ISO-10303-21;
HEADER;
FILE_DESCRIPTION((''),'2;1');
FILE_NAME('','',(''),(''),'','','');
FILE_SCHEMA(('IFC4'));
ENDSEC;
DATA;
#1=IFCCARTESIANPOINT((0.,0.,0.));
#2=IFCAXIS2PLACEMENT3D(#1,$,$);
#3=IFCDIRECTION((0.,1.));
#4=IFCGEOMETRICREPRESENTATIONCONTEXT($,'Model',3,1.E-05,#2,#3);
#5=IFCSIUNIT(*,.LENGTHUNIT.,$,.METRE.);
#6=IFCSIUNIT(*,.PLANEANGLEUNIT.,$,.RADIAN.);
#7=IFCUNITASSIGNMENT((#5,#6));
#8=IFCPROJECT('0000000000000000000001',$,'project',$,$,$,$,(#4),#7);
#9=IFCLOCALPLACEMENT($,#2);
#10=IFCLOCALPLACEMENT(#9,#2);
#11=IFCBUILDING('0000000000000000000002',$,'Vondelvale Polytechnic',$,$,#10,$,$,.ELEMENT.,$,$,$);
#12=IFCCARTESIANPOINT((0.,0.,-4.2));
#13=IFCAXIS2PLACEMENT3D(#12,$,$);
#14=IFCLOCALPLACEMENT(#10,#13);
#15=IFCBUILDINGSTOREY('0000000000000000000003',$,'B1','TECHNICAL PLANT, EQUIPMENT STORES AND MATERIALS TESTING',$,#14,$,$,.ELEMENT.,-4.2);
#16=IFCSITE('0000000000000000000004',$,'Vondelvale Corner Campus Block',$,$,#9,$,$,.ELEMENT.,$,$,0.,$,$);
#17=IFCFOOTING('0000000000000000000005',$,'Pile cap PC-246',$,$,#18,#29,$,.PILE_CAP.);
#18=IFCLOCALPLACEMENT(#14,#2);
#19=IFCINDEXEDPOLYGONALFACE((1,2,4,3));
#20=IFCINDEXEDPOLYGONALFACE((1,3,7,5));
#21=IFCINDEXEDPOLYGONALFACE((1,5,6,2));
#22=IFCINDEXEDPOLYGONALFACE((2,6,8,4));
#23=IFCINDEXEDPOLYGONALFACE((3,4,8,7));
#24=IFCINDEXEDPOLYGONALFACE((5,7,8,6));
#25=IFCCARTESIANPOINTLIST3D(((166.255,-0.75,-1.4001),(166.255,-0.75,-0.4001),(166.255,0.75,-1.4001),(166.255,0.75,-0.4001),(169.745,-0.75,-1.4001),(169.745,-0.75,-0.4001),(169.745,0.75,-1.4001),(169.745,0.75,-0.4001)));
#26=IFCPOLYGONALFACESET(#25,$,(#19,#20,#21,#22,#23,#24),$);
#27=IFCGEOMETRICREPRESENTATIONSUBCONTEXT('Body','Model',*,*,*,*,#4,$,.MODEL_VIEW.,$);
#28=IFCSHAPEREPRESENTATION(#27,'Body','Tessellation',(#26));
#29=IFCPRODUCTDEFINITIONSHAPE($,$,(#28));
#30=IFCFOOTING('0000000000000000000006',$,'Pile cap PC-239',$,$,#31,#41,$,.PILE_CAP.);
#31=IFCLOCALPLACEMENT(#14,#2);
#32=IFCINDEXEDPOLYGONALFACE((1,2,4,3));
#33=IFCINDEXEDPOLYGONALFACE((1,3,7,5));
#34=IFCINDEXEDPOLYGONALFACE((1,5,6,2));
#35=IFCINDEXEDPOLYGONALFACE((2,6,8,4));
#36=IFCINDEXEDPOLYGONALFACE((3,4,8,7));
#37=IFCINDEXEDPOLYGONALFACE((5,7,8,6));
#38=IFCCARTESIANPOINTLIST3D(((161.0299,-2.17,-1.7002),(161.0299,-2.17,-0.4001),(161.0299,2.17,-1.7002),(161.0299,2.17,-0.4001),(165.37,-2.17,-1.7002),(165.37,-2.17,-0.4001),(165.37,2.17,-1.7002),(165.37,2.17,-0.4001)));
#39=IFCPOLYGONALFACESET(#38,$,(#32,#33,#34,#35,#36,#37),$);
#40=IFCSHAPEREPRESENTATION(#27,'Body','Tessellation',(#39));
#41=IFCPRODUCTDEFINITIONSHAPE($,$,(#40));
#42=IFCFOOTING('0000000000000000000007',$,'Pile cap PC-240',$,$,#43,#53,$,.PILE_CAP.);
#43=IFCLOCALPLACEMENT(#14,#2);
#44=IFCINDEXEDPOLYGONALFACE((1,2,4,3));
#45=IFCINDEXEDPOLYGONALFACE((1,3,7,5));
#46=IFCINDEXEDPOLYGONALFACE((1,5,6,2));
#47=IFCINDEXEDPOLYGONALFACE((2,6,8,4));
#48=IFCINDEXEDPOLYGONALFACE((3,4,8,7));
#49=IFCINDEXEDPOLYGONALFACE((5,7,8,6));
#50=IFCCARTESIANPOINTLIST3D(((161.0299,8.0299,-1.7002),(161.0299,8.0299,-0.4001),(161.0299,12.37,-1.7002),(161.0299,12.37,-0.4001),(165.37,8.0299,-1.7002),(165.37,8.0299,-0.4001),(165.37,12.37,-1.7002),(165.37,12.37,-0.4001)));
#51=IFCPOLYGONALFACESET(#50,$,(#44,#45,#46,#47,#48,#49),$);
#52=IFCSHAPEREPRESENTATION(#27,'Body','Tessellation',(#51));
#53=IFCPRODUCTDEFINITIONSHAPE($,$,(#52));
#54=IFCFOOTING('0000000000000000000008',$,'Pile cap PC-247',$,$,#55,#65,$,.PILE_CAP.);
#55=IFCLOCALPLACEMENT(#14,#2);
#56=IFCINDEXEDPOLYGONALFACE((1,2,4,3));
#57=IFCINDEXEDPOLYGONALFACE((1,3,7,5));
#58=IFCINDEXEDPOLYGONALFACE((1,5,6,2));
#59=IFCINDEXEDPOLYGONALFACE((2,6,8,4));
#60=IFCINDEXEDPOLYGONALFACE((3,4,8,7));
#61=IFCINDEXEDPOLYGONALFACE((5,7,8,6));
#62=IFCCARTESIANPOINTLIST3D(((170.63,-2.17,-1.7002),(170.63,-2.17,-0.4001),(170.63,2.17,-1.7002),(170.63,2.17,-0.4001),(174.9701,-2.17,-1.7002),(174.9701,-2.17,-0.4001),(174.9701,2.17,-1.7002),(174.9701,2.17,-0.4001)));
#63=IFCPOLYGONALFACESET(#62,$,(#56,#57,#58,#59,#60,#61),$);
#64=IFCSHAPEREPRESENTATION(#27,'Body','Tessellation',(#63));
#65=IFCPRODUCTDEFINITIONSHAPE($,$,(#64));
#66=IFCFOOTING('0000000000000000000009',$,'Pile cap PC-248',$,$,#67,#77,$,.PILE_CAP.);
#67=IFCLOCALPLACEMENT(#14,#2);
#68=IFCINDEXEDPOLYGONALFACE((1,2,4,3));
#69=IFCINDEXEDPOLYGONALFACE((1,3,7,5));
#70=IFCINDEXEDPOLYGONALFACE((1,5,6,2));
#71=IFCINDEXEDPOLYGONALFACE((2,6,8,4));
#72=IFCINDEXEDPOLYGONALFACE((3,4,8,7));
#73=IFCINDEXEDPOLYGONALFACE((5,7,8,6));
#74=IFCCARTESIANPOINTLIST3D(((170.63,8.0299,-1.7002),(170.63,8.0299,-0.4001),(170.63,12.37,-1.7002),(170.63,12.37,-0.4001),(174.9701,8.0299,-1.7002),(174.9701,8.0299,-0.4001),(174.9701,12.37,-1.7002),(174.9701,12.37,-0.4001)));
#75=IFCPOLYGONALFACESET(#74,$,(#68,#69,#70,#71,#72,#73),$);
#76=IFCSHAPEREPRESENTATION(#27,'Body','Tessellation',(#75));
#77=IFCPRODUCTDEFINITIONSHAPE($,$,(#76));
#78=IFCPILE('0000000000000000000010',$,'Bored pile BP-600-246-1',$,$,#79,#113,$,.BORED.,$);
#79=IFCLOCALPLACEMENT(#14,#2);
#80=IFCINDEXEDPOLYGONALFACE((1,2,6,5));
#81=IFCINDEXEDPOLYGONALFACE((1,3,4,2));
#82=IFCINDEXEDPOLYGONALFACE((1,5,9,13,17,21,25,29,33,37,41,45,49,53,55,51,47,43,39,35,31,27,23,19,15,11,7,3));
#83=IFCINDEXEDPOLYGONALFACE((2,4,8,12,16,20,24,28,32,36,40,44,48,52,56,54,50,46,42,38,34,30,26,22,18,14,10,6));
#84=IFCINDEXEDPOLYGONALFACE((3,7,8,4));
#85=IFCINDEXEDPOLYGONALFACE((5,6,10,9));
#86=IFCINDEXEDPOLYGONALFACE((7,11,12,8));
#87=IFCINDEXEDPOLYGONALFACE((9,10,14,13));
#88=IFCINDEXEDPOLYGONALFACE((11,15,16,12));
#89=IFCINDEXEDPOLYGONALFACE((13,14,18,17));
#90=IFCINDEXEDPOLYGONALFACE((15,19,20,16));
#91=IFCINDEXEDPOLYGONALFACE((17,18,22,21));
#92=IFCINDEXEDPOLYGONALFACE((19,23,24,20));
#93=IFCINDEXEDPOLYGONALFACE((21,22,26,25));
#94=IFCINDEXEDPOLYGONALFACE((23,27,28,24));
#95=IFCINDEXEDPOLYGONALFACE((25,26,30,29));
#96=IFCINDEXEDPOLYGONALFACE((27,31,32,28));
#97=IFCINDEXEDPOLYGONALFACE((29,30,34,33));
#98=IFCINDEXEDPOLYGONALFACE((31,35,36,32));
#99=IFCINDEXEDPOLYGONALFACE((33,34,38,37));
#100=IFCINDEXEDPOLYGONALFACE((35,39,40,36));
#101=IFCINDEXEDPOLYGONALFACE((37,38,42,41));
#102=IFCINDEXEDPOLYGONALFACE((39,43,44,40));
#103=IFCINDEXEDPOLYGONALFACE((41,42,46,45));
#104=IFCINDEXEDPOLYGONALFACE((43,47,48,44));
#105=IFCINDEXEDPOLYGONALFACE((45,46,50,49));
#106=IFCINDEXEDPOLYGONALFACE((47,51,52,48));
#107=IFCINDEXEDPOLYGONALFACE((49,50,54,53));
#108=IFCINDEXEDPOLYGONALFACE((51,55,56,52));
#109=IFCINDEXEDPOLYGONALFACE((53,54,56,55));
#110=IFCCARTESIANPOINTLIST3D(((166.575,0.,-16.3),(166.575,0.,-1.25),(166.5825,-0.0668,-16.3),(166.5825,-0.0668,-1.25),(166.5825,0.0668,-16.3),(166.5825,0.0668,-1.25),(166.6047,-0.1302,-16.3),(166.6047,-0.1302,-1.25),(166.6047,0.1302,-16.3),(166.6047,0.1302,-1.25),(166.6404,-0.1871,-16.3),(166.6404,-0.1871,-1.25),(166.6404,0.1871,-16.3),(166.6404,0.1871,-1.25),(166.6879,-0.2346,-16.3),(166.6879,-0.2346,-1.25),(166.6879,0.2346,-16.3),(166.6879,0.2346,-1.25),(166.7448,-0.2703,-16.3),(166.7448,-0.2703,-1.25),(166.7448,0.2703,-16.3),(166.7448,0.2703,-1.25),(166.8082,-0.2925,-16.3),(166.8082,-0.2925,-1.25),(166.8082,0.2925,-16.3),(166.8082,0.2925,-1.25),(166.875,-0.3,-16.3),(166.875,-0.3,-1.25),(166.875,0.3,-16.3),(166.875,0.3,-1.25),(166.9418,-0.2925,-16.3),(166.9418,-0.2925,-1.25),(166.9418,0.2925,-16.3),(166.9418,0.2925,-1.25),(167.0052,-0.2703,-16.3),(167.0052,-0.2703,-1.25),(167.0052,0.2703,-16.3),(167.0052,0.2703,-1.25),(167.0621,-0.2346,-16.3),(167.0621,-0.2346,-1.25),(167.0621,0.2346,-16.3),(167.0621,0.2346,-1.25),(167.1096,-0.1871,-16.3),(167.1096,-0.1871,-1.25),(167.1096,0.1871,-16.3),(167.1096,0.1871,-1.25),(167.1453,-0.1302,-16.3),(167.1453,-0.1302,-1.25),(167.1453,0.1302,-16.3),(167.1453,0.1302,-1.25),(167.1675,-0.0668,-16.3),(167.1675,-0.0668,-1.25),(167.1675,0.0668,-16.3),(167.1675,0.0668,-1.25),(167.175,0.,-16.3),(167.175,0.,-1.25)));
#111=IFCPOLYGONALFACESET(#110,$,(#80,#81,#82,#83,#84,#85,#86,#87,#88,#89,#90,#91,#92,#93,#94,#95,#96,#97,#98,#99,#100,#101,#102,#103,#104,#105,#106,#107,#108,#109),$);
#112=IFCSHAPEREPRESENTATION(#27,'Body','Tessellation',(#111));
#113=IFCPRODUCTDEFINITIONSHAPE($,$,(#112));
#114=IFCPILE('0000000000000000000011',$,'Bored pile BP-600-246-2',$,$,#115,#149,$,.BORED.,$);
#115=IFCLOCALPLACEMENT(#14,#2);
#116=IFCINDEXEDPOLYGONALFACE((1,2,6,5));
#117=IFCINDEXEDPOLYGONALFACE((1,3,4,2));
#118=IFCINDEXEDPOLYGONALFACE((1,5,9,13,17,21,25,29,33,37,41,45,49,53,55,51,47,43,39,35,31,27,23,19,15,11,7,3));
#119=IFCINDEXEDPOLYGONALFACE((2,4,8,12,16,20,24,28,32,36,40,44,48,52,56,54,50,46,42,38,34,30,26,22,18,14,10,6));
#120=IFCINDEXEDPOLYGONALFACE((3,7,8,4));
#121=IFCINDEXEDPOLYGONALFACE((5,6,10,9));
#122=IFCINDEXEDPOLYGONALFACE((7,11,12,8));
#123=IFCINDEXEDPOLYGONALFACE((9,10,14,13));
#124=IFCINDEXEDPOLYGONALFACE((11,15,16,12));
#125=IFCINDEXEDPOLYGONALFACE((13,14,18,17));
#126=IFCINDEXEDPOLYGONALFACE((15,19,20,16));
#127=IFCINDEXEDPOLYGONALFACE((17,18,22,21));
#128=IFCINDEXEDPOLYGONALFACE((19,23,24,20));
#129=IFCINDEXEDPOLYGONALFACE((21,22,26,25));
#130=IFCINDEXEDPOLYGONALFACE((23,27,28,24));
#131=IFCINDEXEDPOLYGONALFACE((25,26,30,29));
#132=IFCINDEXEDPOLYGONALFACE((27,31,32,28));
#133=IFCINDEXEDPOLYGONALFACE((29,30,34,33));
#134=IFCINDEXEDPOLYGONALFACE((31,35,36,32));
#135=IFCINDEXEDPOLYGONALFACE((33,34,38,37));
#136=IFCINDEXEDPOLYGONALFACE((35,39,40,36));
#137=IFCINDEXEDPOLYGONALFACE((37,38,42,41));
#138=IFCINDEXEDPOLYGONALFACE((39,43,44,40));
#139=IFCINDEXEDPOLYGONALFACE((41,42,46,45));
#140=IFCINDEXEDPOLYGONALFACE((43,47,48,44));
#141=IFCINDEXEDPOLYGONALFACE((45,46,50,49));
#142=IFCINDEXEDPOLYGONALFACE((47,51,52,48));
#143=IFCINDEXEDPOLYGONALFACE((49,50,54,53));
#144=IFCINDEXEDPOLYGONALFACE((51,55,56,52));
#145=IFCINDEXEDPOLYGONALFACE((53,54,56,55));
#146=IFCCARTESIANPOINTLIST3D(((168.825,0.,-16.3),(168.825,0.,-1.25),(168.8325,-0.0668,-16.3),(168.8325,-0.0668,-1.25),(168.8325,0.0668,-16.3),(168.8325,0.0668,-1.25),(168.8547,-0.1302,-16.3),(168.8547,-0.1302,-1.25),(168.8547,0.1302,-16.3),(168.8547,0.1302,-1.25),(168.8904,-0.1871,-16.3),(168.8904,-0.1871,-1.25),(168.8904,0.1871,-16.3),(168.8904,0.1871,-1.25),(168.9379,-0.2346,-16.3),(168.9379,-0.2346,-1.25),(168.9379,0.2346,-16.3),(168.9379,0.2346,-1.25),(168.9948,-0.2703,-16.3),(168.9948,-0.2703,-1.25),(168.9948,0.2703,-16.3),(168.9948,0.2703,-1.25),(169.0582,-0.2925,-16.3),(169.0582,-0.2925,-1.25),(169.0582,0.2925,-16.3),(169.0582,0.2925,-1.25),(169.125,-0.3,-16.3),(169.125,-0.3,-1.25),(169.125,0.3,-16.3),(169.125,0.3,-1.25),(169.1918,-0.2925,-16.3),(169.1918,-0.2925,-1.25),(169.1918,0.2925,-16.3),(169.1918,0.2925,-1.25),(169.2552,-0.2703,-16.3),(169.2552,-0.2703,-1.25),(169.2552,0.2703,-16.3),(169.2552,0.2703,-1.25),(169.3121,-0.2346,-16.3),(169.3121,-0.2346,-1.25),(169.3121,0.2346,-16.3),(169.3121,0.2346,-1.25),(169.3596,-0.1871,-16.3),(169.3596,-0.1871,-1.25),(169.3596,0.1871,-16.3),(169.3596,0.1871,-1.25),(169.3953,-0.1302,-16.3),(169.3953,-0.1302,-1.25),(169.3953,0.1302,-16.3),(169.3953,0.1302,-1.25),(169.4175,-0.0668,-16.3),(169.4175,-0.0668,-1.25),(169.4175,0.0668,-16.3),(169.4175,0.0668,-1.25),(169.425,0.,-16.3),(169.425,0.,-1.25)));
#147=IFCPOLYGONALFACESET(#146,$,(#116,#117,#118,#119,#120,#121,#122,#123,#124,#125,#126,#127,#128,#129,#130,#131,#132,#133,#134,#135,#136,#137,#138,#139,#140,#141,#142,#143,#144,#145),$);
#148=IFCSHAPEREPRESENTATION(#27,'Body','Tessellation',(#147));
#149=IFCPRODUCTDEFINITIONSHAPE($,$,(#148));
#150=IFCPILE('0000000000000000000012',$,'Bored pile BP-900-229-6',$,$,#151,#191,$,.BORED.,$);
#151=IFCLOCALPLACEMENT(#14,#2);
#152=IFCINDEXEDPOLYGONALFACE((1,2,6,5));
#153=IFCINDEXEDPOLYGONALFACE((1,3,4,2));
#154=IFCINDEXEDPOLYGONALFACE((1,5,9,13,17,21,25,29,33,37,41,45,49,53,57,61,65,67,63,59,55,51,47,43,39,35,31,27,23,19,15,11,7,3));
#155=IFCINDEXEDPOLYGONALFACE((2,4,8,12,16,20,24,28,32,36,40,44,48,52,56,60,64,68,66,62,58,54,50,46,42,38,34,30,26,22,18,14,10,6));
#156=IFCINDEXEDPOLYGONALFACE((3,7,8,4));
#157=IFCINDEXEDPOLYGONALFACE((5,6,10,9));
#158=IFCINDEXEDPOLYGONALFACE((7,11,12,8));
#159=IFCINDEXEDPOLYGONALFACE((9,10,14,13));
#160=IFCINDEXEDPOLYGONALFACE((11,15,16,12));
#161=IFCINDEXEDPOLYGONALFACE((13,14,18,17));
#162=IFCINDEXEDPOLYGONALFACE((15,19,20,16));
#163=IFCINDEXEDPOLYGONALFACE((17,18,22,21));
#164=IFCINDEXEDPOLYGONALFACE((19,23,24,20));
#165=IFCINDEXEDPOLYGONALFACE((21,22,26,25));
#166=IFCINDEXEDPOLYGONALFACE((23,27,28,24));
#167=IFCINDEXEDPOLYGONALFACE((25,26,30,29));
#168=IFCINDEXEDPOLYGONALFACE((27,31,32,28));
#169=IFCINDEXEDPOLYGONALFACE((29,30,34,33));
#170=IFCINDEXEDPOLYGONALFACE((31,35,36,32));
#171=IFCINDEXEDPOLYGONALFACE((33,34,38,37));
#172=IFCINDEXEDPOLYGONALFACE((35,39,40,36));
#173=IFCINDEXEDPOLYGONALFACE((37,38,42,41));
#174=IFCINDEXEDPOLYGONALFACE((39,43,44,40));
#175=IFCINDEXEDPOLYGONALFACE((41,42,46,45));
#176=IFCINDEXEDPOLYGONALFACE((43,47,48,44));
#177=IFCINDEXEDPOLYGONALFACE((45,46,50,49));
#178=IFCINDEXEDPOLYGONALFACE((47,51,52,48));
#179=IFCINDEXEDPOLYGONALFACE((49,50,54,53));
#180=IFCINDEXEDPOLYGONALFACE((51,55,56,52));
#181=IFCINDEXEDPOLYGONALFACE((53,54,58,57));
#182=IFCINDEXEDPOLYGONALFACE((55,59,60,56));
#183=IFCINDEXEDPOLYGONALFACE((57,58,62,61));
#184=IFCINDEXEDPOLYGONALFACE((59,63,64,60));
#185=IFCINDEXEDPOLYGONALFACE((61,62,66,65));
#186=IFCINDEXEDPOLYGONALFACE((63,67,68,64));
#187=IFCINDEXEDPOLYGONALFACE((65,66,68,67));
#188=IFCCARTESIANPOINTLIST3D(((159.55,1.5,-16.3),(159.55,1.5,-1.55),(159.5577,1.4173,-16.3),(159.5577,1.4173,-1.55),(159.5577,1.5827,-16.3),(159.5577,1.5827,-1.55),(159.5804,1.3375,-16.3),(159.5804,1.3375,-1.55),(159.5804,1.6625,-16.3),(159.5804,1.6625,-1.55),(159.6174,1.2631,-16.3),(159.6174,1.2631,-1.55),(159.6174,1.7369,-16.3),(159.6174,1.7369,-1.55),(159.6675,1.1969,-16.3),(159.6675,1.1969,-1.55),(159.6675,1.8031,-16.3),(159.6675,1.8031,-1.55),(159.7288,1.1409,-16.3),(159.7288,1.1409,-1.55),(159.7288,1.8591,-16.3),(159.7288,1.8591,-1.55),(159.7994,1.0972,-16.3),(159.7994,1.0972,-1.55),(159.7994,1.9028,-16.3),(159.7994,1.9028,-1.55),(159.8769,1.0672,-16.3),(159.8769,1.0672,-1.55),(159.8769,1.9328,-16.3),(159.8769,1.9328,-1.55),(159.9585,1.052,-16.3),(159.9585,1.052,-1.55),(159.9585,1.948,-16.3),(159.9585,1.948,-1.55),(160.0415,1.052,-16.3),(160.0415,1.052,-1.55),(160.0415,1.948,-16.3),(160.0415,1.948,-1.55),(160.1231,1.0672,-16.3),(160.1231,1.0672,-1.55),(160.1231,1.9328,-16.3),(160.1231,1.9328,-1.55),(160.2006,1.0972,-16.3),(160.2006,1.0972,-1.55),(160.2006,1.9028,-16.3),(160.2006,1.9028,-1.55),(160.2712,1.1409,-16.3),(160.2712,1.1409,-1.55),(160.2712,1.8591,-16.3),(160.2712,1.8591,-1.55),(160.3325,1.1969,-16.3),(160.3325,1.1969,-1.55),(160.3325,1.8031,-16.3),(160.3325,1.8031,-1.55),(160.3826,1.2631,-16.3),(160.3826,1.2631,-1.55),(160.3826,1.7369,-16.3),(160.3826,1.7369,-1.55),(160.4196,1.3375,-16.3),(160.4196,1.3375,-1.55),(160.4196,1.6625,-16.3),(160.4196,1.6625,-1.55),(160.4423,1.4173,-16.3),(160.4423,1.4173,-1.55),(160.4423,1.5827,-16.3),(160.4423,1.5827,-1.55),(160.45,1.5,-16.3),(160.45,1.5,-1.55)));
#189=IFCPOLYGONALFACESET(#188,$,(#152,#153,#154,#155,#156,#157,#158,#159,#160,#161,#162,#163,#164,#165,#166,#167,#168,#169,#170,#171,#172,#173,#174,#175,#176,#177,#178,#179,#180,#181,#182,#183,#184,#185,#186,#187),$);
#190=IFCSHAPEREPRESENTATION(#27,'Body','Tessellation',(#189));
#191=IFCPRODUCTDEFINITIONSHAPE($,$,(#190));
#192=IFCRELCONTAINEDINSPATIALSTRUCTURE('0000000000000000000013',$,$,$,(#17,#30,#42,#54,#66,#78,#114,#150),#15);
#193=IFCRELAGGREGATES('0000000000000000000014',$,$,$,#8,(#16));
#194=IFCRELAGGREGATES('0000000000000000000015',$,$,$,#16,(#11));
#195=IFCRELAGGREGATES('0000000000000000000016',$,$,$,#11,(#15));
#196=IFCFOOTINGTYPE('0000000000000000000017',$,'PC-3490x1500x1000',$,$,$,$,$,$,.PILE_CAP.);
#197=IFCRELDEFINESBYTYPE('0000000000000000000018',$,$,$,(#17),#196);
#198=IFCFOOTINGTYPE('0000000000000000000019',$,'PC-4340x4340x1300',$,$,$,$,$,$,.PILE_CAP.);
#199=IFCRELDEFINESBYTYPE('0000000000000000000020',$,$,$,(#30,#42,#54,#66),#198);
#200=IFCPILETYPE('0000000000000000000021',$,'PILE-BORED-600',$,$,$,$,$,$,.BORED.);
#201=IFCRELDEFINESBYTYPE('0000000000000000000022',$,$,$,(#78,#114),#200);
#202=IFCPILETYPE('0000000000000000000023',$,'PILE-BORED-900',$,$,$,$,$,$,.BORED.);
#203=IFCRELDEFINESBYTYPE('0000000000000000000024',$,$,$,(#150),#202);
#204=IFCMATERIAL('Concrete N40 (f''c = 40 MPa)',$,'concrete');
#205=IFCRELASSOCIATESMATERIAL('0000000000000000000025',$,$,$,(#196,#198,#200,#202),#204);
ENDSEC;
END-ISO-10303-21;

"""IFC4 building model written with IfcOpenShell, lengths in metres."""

from ifc_helpers import new_model, si_unit, direction, frame, origin, origin_2d, place, context, subcontext, project, spatial, rectangle, circle, extrude, material, material_profile, profile_set, type_object, element, save


model = new_model("IFC4")

# Units and contexts
model_context = context("Model", 3, precision=1e-05, world=origin(), true_north=direction((0.0, 1.0)))
body_context = subcontext(model_context, "Body", "Model", "MODEL_VIEW")
ifc_project = project(units=[si_unit("LENGTHUNIT", "METRE"), si_unit("PLANEANGLEUNIT", "RADIAN")], contexts=[model_context])

# Site, building, storey
site_placement = place(None, origin())
site = spatial("IfcSite", under=ifc_project, at=site_placement, Name="Vondelvale Corner Campus Block", CompositionType="ELEMENT", RefElevation=0.0)
building_placement = place(site_placement, origin())
building = spatial("IfcBuilding", under=site, at=building_placement, Name="Vondelvale Polytechnic", CompositionType="ELEMENT")
storey_placement = place(building_placement, frame((0.0, 0.0, -4.2)))
storey = spatial("IfcBuildingStorey", under=building, at=storey_placement, Name="B1", Description="TECHNICAL PLANT, EQUIPMENT STORES AND MATERIALS TESTING", CompositionType="ELEMENT", Elevation=-4.2)

# Footings
ifc_material_1 = material(Name="Concrete N40 (f'c = 40 MPa)", Category="concrete")
footing_type_1 = type_object("IfcFootingType", Name="PC-3490x1500x1000", PredefinedType="PILE_CAP", material=ifc_material_1)
footing_placement = place(storey_placement, frame((168.0, 0.0, -1.4001), z_axis=(0.0, 0.0, 1.0), x_axis=(1.0, 0.0, 0.0)))
element("IfcFooting", 1, at=footing_placement, inside=storey, type_object=footing_type_1, Name="Pile cap PC-246", PredefinedType="PILE_CAP", context=body_context, shape_type="SweptSolid", body=[
    extrude(rectangle(XDim=3.49, YDim=1.5, at=origin_2d()), origin(), (0.0, 0.0, 1.0), 1.0),
])
footing_type_2 = type_object("IfcFootingType", Name="PC-4340x4340x1300", PredefinedType="PILE_CAP", material=ifc_material_1)
for number, where, z_axis, x_axis, name in (
    (2, (163.2, 0.0, -1.7002), (0.0, 0.0, 1.0), (1.0, 0.0, 0.0), "Pile cap PC-239"),
    (3, (163.2, 10.2, -1.7002), (0.0, 0.0, 1.0), (1.0, 0.0, 0.0), "Pile cap PC-240"),
    (4, (172.8, 0.0, -1.7002), (0.0, 0.0, 1.0), (1.0, 0.0, 0.0), "Pile cap PC-247"),
    (5, (172.8, 10.2, -1.7002), (0.0, 0.0, 1.0), (1.0, 0.0, 0.0), "Pile cap PC-248"),
):
    element("IfcFooting", number, at=place(storey_placement, frame(where, z_axis=z_axis, x_axis=x_axis)), inside=storey, type_object=footing_type_2, Name=name, PredefinedType="PILE_CAP", context=body_context, shape_type="SweptSolid", body=[
        extrude(rectangle(XDim=4.3401, YDim=4.3401, at=origin_2d()), origin(), (0.0, 0.0, 1.0), 1.3),
    ])

# Piles
ifc_material_profile_1 = material_profile(ifc_material_1, circle(Radius=0.3, at=origin_2d()), Name="PILE-D600")
ifc_profile_set_1 = profile_set([ifc_material_profile_1], Name="Concrete N40 (f'c = 40 MPa)")
pile_type_1 = type_object("IfcPileType", Name="PILE-BORED-600", PredefinedType="BORED", material=ifc_profile_set_1)
for number, where, z_axis, x_axis, name in (
    (6, (166.875, 0.0, -1.25), (0.0, 0.0, -1.0), (1.0, 0.0, 0.0), "Bored pile BP-600-246-1"),
    (7, (169.125, 0.0, -1.25), (0.0, 0.0, -1.0), (1.0, 0.0, 0.0), "Bored pile BP-600-246-2"),
):
    element("IfcPile", number, at=place(storey_placement, frame(where, z_axis=z_axis, x_axis=x_axis)), inside=storey, type_object=pile_type_1, Name=name, PredefinedType="BORED", context=body_context, shape_type="SweptSolid", body=[
        extrude(circle(Radius=0.3, at=origin_2d()), origin(), (0.0, 0.0, 1.0), 15.05),
    ])
ifc_material_profile_2 = material_profile(ifc_material_1, circle(Radius=0.45, at=origin_2d()), Name="PILE-D900")
ifc_profile_set_2 = profile_set([ifc_material_profile_2], Name="Concrete N40 (f'c = 40 MPa)")
pile_type_2 = type_object("IfcPileType", Name="PILE-BORED-900", PredefinedType="BORED", material=ifc_profile_set_2)
for number, where, z_axis, x_axis, name in (
    (8, (160.0, 1.5, -1.55), (0.0, 0.0, -1.0), (1.0, 0.0, 0.0), "Bored pile BP-900-229-6"),
):
    element("IfcPile", number, at=place(storey_placement, frame(where, z_axis=z_axis, x_axis=x_axis)), inside=storey, type_object=pile_type_2, Name=name, PredefinedType="BORED", context=body_context, shape_type="SweptSolid", body=[
        extrude(circle(Radius=0.45, at=origin_2d()), origin(), (0.0, 0.0, 1.0), 14.75),
    ])

save(model, "model.ifc")
